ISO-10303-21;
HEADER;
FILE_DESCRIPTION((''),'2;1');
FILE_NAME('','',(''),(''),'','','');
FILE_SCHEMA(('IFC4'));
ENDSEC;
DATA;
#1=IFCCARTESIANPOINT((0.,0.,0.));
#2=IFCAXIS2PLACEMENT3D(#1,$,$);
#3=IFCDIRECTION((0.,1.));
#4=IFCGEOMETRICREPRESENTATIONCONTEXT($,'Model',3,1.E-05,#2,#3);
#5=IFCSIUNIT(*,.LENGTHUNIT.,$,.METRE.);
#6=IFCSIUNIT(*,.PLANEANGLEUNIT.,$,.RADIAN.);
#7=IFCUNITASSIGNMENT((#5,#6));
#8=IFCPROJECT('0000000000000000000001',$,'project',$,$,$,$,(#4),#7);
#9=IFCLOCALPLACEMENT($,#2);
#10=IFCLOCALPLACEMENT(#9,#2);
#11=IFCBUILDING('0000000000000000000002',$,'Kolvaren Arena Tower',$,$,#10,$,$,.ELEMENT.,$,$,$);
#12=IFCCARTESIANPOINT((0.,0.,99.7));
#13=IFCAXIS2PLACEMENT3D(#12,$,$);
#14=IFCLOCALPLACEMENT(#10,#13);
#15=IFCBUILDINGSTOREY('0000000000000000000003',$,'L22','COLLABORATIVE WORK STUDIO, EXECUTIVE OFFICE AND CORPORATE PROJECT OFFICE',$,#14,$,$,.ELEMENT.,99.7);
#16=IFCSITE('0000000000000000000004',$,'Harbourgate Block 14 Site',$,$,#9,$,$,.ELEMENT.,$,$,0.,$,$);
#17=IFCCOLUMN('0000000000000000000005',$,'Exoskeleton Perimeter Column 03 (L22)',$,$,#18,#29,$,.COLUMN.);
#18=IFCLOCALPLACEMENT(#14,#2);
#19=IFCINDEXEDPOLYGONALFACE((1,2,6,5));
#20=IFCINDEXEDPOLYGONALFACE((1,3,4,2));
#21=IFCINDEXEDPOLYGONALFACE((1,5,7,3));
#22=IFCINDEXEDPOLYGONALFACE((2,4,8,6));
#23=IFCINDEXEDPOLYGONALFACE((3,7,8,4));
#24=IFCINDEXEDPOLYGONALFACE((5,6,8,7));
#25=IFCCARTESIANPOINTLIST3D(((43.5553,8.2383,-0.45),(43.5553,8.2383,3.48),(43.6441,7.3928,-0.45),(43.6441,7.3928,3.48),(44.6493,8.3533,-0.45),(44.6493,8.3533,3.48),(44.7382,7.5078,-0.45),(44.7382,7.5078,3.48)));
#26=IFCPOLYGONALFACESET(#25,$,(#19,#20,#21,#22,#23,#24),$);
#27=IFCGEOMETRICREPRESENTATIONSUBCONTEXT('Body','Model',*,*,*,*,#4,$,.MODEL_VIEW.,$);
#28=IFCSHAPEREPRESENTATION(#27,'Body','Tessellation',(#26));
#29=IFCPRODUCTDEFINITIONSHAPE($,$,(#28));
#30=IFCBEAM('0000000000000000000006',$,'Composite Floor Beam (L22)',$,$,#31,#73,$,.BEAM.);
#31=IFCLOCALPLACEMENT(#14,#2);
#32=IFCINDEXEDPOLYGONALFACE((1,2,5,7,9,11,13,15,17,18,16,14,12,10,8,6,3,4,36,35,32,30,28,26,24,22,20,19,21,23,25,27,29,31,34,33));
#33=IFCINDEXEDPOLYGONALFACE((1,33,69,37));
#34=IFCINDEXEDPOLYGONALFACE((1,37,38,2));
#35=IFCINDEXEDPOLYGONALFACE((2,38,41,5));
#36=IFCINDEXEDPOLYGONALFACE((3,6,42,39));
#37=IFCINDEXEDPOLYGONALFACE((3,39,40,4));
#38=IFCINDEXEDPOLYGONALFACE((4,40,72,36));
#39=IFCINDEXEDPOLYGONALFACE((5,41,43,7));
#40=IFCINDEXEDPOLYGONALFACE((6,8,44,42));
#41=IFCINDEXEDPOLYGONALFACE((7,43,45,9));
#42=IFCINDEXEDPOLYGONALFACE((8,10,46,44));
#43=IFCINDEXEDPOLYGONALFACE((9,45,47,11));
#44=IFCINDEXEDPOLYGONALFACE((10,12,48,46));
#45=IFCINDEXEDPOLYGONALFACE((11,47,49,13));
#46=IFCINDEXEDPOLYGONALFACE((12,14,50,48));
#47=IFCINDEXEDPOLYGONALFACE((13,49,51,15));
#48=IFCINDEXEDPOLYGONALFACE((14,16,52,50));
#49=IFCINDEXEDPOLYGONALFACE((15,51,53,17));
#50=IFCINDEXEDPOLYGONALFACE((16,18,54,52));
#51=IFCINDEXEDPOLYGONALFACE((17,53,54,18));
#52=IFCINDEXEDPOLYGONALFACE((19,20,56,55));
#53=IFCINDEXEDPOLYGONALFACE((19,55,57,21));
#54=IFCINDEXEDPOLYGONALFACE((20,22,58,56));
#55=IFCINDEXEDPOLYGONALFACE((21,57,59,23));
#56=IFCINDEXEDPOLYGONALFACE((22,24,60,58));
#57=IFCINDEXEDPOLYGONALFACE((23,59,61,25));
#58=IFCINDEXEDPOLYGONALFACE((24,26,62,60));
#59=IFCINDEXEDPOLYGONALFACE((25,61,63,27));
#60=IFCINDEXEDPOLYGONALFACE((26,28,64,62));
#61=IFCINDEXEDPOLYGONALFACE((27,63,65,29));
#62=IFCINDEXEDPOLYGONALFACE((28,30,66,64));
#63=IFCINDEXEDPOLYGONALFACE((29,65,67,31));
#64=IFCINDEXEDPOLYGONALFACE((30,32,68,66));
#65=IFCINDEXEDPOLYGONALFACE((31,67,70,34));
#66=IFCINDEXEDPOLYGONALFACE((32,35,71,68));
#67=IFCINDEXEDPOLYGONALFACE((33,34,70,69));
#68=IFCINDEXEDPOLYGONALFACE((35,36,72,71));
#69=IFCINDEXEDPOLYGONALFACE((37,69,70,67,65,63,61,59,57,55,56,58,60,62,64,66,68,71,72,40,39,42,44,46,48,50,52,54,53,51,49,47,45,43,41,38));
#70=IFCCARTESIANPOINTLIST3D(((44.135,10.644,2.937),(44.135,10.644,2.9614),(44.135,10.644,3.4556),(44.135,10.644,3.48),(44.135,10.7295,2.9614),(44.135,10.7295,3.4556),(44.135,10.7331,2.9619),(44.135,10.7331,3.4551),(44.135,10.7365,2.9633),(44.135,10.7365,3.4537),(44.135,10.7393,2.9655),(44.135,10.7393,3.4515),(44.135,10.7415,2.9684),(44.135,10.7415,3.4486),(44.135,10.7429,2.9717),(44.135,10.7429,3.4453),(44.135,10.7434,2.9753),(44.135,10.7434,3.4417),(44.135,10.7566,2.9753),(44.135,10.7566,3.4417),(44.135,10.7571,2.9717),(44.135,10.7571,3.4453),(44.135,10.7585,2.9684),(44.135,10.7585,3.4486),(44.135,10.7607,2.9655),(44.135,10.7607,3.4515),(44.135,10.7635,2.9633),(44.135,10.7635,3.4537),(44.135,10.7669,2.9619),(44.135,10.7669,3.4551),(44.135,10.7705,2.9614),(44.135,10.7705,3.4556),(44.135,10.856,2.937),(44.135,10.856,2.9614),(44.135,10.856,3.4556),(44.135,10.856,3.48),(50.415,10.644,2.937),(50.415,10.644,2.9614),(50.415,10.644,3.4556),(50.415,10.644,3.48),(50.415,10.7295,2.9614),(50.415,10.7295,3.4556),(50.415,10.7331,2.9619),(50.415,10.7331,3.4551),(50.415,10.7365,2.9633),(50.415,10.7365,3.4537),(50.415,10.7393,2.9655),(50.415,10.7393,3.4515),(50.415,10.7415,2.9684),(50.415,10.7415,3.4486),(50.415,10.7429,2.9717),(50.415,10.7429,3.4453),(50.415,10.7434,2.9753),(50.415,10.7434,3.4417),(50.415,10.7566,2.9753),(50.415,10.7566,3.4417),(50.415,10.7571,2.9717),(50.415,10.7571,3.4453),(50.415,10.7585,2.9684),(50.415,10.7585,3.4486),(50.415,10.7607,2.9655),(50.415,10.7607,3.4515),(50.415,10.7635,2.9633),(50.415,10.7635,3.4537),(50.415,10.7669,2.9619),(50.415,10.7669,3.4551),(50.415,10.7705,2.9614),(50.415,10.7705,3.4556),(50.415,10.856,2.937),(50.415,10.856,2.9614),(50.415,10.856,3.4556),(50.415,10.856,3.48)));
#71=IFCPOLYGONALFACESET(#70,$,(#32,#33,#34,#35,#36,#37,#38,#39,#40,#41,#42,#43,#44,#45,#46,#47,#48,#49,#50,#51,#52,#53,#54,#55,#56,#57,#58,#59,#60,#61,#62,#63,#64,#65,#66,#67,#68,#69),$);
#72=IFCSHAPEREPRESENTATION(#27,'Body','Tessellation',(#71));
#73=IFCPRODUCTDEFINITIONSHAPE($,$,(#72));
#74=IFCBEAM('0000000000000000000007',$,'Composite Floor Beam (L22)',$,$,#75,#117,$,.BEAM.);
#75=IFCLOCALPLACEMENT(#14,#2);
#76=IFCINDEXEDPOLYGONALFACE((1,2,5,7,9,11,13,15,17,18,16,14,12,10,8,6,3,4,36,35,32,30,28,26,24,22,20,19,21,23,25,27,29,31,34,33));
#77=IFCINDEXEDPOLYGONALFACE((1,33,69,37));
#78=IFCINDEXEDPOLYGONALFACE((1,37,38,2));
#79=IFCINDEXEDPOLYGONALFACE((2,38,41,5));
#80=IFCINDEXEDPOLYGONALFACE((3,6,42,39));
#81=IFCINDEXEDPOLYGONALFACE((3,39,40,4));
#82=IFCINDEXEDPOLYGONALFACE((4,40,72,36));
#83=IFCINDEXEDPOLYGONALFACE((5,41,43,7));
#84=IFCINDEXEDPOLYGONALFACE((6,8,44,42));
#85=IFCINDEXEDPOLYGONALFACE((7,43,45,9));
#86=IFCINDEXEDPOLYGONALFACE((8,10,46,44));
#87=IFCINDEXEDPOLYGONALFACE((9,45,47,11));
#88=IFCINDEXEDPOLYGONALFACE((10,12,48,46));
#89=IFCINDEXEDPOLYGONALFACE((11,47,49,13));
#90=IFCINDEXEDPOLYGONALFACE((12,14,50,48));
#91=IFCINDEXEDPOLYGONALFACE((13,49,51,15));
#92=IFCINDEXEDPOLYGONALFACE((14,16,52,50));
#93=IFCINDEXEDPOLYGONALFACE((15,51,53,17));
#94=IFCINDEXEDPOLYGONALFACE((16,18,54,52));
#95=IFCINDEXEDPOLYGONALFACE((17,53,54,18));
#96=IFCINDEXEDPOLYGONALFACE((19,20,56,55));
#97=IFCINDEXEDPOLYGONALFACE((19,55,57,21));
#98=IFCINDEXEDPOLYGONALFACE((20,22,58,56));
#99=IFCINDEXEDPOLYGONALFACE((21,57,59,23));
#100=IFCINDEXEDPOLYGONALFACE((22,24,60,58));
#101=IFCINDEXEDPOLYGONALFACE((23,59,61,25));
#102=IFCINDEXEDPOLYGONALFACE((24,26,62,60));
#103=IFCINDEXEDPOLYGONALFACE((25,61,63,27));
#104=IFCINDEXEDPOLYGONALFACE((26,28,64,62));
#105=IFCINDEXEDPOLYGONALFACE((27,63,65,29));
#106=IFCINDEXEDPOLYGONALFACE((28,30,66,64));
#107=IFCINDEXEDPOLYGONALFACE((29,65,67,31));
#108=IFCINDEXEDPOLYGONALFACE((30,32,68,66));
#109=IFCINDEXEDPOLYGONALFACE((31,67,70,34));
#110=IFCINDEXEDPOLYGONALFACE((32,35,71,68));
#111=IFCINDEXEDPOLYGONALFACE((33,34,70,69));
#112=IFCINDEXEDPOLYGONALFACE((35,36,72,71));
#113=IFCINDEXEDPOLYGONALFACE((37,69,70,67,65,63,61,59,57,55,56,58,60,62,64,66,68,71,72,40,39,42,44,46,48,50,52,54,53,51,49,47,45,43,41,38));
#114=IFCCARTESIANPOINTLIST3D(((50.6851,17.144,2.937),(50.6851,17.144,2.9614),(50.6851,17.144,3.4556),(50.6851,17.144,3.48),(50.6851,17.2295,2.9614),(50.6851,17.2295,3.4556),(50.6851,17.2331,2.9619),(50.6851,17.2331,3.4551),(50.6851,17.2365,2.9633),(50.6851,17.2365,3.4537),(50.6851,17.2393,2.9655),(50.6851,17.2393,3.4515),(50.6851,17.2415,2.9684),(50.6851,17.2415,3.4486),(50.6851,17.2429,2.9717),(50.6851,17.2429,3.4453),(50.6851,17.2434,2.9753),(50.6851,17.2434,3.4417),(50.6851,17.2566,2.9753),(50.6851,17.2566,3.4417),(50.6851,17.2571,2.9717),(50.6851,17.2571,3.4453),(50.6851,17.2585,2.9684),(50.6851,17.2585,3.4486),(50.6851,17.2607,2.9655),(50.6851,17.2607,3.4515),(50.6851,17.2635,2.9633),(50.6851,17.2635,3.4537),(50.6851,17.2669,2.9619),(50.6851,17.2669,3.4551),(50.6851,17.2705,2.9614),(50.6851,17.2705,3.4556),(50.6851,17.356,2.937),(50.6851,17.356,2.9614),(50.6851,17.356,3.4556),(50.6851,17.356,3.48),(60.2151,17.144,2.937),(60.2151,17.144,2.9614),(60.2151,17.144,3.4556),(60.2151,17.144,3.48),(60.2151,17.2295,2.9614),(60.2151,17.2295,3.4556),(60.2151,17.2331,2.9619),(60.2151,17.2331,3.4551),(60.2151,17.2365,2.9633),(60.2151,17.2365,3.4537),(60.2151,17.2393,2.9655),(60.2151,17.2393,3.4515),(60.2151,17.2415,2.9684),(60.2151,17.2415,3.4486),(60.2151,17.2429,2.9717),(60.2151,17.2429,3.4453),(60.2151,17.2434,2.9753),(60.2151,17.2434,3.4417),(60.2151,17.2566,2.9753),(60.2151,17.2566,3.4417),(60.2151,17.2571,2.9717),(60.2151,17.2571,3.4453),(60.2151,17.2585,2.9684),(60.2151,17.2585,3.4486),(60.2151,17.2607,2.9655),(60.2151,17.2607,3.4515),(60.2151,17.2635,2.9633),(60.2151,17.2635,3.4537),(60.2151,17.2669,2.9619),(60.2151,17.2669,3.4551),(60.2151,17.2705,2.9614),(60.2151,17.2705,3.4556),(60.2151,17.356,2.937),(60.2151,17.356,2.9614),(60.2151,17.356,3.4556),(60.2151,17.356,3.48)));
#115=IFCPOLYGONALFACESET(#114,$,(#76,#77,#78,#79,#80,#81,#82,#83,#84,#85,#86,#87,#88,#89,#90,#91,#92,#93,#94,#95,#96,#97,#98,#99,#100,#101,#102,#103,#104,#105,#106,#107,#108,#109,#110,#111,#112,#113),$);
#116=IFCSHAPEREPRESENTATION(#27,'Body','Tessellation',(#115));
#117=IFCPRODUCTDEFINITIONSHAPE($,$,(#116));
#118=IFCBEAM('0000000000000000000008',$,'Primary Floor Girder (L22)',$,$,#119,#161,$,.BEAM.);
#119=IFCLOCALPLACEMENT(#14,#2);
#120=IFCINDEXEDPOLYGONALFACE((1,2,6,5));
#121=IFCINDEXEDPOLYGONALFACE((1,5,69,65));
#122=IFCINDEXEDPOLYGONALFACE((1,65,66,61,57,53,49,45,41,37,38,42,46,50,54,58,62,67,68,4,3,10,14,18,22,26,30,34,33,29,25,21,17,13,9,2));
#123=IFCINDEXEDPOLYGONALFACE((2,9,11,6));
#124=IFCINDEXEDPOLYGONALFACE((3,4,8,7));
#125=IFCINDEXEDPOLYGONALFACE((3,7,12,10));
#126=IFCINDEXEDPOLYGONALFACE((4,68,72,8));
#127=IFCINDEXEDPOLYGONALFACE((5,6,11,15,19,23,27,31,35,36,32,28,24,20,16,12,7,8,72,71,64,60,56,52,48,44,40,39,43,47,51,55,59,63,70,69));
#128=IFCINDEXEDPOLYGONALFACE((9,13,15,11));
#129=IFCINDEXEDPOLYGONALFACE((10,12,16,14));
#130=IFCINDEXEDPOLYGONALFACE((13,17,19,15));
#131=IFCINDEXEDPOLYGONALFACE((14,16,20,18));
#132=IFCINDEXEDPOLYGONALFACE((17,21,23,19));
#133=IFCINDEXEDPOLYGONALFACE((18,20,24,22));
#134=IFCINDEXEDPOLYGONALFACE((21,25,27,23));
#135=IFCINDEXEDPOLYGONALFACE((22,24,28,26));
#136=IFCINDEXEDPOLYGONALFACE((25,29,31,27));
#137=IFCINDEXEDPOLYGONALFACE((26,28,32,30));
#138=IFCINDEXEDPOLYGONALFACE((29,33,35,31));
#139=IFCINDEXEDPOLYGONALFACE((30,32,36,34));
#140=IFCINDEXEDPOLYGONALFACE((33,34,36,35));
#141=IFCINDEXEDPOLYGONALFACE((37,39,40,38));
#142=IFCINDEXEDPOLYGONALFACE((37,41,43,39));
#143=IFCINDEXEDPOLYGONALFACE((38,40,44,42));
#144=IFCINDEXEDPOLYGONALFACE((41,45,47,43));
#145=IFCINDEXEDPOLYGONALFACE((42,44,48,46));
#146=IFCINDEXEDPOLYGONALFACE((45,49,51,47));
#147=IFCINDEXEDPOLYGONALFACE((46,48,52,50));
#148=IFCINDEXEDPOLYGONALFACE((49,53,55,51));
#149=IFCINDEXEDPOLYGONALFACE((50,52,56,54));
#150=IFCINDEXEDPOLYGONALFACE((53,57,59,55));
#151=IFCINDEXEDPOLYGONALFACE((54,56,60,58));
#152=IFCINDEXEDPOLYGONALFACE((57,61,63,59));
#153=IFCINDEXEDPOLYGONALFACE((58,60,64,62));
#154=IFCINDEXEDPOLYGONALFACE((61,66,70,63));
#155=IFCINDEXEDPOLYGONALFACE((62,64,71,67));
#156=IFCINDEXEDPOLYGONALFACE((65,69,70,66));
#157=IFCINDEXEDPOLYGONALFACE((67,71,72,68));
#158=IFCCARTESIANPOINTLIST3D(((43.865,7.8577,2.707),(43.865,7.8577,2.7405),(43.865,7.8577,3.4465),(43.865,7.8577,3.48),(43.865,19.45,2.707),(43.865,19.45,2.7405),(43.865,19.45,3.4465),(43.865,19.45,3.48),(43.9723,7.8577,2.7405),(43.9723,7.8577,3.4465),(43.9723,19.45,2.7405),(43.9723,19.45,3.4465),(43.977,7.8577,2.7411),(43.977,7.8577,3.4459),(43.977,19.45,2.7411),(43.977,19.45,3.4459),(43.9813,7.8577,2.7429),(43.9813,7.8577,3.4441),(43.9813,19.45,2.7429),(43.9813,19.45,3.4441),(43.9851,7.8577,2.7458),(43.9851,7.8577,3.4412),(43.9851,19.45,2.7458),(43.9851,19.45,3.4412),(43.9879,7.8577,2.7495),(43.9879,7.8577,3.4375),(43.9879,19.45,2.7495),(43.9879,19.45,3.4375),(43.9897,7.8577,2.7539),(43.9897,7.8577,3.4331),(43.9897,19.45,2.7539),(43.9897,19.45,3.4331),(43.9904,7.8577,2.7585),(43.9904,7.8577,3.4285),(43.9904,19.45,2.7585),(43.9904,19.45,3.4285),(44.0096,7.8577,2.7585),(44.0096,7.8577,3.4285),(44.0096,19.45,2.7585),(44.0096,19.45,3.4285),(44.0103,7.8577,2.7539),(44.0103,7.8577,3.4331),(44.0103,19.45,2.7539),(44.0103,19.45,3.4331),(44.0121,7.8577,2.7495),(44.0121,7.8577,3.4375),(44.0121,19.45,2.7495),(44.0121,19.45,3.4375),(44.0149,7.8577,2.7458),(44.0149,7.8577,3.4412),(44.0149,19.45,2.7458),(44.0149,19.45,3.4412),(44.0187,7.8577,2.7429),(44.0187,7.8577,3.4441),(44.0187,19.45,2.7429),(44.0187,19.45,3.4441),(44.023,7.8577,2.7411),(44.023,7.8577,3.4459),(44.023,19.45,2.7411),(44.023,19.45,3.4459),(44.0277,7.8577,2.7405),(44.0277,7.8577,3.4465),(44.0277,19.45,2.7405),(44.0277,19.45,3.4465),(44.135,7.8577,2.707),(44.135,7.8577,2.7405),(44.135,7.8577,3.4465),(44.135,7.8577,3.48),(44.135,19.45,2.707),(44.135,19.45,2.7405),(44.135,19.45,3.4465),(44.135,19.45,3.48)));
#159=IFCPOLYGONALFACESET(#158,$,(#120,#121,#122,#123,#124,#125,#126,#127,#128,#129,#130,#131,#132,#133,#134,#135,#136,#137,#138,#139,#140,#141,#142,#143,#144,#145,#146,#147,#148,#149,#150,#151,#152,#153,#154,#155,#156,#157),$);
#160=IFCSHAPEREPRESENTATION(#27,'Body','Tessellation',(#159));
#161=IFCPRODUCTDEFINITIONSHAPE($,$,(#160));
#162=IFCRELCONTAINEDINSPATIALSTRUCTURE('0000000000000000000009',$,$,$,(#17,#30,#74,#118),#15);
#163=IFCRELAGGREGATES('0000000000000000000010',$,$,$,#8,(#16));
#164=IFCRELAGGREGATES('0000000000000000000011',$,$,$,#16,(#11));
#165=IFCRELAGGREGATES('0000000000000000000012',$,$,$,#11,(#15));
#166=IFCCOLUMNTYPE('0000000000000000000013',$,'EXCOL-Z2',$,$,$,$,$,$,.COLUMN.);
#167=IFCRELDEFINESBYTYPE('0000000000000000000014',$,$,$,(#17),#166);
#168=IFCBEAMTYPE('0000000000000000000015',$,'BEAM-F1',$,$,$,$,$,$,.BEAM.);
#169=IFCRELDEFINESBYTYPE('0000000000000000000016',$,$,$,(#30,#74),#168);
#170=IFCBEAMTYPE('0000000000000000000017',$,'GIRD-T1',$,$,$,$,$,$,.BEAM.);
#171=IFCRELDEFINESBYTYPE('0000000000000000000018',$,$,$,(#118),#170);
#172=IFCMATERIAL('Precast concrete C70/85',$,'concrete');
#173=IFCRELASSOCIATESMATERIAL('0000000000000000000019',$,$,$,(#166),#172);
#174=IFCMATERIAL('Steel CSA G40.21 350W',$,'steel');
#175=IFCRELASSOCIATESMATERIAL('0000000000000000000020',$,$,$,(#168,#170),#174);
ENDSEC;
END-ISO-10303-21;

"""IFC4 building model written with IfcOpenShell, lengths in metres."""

from ifc_helpers import new_model, si_unit, direction, frame, origin, origin_2d, place, context, subcontext, project, spatial, rectangle, i_section, extrude, material, material_profile, profile_set, type_object, element, save


model = new_model("IFC4")

# Units and contexts
model_context = context("Model", 3, precision=1e-05, world=origin(), true_north=direction((0.0, 1.0)))
body_context = subcontext(model_context, "Body", "Model", "MODEL_VIEW")
ifc_project = project(units=[si_unit("LENGTHUNIT", "METRE"), si_unit("PLANEANGLEUNIT", "RADIAN")], contexts=[model_context])

# Site, building, storey
site_placement = place(None, origin())
site = spatial("IfcSite", under=ifc_project, at=site_placement, Name="Harbourgate Block 14 Site", CompositionType="ELEMENT", RefElevation=0.0)
building_placement = place(site_placement, origin())
building = spatial("IfcBuilding", under=site, at=building_placement, Name="Kolvaren Arena Tower", CompositionType="ELEMENT")
storey_placement = place(building_placement, frame((0.0, 0.0, 99.7)))
storey = spatial("IfcBuildingStorey", under=building, at=storey_placement, Name="L22", Description="COLLABORATIVE WORK STUDIO, EXECUTIVE OFFICE AND CORPORATE PROJECT OFFICE", CompositionType="ELEMENT", Elevation=99.7)

# Column
ifc_material_1 = material(Name="Precast concrete C70/85", Category="concrete")
ifc_material_profile_1 = material_profile(ifc_material_1, rectangle(XDim=1.1001, YDim=0.8501, at=origin_2d()), Name="RC-1100x850")
ifc_profile_set_1 = profile_set([ifc_material_profile_1], Name="Precast concrete C70/85")
column_type = type_object("IfcColumnType", Name="EXCOL-Z2", PredefinedType="COLUMN", material=ifc_profile_set_1)
column_placement = place(storey_placement, frame((44.1467, 7.873, -0.45), z_axis=(0.0, 0.0, 1.0), x_axis=(0.994522, 0.104528, 0.0)))
element("IfcColumn", 1, at=column_placement, inside=storey, type_object=column_type, Name="Exoskeleton Perimeter Column 03 (L22)", PredefinedType="COLUMN", context=body_context, shape_type="SweptSolid", body=[
    extrude(rectangle(XDim=1.1001, YDim=0.8501, at=origin_2d()), origin(), (0.0, 0.0, 1.0), 3.9299),
])

# Beams
ifc_material_2 = material(Name="Steel CSA G40.21 350W", Category="steel")
ifc_material_profile_2 = material_profile(ifc_material_2, i_section(OverallWidth=0.2119, OverallDepth=0.543, WebThickness=0.0132, FlangeThickness=0.0244, FilletRadius=0.0139, at=origin_2d()), Name="W530x150")
ifc_profile_set_2 = profile_set([ifc_material_profile_2], Name="Steel CSA G40.21 350W")
beam_type_1 = type_object("IfcBeamType", Name="BEAM-F1", PredefinedType="BEAM", material=ifc_profile_set_2)
beam_1_placement = place(storey_placement, frame((44.135, 10.75, 3.2085), z_axis=(1.0, 0.0, 0.0), x_axis=(0.0, 1.0, 0.0)))
element("IfcBeam", 2, at=beam_1_placement, inside=storey, type_object=beam_type_1, Name="Composite Floor Beam (L22)", PredefinedType="BEAM", context=body_context, shape_type="SweptSolid", body=[
    extrude(i_section(OverallWidth=0.2119, OverallDepth=0.543, WebThickness=0.0132, FlangeThickness=0.0244, FilletRadius=0.0139, at=origin_2d()), origin(), (0.0, 0.0, 1.0), 6.28),
])
beam_2_placement = place(storey_placement, frame((50.6851, 17.25, 3.2085), z_axis=(1.0, 0.0, 0.0), x_axis=(0.0, 1.0, 0.0)))
element("IfcBeam", 3, at=beam_2_placement, inside=storey, type_object=beam_type_1, Name="Composite Floor Beam (L22)", PredefinedType="BEAM", context=body_context, shape_type="SweptSolid", body=[
    extrude(i_section(OverallWidth=0.2119, OverallDepth=0.543, WebThickness=0.0132, FlangeThickness=0.0244, FilletRadius=0.0139, at=origin_2d()), origin(), (0.0, 0.0, 1.0), 9.53),
])
ifc_material_profile_3 = material_profile(ifc_material_2, i_section(OverallWidth=0.27, OverallDepth=0.7729, WebThickness=0.0193, FlangeThickness=0.0334, FilletRadius=0.0181, at=origin_2d()), Name="W760x257")
ifc_profile_set_3 = profile_set([ifc_material_profile_3], Name="Steel CSA G40.21 350W")
beam_type_2 = type_object("IfcBeamType", Name="GIRD-T1", PredefinedType="BEAM", material=ifc_profile_set_3)
beam_3_placement = place(storey_placement, frame((44.0, 7.8577, 3.0935), z_axis=(0.0, 1.0, 0.0), x_axis=(-1.0, 0.0, 0.0)))
element("IfcBeam", 4, at=beam_3_placement, inside=storey, type_object=beam_type_2, Name="Primary Floor Girder (L22)", PredefinedType="BEAM", context=body_context, shape_type="SweptSolid", body=[
    extrude(i_section(OverallWidth=0.27, OverallDepth=0.7729, WebThickness=0.0193, FlangeThickness=0.0334, FilletRadius=0.0181, at=origin_2d()), origin(), (0.0, 0.0, 1.0), 11.5923),
])

save(model, "model.ifc")
